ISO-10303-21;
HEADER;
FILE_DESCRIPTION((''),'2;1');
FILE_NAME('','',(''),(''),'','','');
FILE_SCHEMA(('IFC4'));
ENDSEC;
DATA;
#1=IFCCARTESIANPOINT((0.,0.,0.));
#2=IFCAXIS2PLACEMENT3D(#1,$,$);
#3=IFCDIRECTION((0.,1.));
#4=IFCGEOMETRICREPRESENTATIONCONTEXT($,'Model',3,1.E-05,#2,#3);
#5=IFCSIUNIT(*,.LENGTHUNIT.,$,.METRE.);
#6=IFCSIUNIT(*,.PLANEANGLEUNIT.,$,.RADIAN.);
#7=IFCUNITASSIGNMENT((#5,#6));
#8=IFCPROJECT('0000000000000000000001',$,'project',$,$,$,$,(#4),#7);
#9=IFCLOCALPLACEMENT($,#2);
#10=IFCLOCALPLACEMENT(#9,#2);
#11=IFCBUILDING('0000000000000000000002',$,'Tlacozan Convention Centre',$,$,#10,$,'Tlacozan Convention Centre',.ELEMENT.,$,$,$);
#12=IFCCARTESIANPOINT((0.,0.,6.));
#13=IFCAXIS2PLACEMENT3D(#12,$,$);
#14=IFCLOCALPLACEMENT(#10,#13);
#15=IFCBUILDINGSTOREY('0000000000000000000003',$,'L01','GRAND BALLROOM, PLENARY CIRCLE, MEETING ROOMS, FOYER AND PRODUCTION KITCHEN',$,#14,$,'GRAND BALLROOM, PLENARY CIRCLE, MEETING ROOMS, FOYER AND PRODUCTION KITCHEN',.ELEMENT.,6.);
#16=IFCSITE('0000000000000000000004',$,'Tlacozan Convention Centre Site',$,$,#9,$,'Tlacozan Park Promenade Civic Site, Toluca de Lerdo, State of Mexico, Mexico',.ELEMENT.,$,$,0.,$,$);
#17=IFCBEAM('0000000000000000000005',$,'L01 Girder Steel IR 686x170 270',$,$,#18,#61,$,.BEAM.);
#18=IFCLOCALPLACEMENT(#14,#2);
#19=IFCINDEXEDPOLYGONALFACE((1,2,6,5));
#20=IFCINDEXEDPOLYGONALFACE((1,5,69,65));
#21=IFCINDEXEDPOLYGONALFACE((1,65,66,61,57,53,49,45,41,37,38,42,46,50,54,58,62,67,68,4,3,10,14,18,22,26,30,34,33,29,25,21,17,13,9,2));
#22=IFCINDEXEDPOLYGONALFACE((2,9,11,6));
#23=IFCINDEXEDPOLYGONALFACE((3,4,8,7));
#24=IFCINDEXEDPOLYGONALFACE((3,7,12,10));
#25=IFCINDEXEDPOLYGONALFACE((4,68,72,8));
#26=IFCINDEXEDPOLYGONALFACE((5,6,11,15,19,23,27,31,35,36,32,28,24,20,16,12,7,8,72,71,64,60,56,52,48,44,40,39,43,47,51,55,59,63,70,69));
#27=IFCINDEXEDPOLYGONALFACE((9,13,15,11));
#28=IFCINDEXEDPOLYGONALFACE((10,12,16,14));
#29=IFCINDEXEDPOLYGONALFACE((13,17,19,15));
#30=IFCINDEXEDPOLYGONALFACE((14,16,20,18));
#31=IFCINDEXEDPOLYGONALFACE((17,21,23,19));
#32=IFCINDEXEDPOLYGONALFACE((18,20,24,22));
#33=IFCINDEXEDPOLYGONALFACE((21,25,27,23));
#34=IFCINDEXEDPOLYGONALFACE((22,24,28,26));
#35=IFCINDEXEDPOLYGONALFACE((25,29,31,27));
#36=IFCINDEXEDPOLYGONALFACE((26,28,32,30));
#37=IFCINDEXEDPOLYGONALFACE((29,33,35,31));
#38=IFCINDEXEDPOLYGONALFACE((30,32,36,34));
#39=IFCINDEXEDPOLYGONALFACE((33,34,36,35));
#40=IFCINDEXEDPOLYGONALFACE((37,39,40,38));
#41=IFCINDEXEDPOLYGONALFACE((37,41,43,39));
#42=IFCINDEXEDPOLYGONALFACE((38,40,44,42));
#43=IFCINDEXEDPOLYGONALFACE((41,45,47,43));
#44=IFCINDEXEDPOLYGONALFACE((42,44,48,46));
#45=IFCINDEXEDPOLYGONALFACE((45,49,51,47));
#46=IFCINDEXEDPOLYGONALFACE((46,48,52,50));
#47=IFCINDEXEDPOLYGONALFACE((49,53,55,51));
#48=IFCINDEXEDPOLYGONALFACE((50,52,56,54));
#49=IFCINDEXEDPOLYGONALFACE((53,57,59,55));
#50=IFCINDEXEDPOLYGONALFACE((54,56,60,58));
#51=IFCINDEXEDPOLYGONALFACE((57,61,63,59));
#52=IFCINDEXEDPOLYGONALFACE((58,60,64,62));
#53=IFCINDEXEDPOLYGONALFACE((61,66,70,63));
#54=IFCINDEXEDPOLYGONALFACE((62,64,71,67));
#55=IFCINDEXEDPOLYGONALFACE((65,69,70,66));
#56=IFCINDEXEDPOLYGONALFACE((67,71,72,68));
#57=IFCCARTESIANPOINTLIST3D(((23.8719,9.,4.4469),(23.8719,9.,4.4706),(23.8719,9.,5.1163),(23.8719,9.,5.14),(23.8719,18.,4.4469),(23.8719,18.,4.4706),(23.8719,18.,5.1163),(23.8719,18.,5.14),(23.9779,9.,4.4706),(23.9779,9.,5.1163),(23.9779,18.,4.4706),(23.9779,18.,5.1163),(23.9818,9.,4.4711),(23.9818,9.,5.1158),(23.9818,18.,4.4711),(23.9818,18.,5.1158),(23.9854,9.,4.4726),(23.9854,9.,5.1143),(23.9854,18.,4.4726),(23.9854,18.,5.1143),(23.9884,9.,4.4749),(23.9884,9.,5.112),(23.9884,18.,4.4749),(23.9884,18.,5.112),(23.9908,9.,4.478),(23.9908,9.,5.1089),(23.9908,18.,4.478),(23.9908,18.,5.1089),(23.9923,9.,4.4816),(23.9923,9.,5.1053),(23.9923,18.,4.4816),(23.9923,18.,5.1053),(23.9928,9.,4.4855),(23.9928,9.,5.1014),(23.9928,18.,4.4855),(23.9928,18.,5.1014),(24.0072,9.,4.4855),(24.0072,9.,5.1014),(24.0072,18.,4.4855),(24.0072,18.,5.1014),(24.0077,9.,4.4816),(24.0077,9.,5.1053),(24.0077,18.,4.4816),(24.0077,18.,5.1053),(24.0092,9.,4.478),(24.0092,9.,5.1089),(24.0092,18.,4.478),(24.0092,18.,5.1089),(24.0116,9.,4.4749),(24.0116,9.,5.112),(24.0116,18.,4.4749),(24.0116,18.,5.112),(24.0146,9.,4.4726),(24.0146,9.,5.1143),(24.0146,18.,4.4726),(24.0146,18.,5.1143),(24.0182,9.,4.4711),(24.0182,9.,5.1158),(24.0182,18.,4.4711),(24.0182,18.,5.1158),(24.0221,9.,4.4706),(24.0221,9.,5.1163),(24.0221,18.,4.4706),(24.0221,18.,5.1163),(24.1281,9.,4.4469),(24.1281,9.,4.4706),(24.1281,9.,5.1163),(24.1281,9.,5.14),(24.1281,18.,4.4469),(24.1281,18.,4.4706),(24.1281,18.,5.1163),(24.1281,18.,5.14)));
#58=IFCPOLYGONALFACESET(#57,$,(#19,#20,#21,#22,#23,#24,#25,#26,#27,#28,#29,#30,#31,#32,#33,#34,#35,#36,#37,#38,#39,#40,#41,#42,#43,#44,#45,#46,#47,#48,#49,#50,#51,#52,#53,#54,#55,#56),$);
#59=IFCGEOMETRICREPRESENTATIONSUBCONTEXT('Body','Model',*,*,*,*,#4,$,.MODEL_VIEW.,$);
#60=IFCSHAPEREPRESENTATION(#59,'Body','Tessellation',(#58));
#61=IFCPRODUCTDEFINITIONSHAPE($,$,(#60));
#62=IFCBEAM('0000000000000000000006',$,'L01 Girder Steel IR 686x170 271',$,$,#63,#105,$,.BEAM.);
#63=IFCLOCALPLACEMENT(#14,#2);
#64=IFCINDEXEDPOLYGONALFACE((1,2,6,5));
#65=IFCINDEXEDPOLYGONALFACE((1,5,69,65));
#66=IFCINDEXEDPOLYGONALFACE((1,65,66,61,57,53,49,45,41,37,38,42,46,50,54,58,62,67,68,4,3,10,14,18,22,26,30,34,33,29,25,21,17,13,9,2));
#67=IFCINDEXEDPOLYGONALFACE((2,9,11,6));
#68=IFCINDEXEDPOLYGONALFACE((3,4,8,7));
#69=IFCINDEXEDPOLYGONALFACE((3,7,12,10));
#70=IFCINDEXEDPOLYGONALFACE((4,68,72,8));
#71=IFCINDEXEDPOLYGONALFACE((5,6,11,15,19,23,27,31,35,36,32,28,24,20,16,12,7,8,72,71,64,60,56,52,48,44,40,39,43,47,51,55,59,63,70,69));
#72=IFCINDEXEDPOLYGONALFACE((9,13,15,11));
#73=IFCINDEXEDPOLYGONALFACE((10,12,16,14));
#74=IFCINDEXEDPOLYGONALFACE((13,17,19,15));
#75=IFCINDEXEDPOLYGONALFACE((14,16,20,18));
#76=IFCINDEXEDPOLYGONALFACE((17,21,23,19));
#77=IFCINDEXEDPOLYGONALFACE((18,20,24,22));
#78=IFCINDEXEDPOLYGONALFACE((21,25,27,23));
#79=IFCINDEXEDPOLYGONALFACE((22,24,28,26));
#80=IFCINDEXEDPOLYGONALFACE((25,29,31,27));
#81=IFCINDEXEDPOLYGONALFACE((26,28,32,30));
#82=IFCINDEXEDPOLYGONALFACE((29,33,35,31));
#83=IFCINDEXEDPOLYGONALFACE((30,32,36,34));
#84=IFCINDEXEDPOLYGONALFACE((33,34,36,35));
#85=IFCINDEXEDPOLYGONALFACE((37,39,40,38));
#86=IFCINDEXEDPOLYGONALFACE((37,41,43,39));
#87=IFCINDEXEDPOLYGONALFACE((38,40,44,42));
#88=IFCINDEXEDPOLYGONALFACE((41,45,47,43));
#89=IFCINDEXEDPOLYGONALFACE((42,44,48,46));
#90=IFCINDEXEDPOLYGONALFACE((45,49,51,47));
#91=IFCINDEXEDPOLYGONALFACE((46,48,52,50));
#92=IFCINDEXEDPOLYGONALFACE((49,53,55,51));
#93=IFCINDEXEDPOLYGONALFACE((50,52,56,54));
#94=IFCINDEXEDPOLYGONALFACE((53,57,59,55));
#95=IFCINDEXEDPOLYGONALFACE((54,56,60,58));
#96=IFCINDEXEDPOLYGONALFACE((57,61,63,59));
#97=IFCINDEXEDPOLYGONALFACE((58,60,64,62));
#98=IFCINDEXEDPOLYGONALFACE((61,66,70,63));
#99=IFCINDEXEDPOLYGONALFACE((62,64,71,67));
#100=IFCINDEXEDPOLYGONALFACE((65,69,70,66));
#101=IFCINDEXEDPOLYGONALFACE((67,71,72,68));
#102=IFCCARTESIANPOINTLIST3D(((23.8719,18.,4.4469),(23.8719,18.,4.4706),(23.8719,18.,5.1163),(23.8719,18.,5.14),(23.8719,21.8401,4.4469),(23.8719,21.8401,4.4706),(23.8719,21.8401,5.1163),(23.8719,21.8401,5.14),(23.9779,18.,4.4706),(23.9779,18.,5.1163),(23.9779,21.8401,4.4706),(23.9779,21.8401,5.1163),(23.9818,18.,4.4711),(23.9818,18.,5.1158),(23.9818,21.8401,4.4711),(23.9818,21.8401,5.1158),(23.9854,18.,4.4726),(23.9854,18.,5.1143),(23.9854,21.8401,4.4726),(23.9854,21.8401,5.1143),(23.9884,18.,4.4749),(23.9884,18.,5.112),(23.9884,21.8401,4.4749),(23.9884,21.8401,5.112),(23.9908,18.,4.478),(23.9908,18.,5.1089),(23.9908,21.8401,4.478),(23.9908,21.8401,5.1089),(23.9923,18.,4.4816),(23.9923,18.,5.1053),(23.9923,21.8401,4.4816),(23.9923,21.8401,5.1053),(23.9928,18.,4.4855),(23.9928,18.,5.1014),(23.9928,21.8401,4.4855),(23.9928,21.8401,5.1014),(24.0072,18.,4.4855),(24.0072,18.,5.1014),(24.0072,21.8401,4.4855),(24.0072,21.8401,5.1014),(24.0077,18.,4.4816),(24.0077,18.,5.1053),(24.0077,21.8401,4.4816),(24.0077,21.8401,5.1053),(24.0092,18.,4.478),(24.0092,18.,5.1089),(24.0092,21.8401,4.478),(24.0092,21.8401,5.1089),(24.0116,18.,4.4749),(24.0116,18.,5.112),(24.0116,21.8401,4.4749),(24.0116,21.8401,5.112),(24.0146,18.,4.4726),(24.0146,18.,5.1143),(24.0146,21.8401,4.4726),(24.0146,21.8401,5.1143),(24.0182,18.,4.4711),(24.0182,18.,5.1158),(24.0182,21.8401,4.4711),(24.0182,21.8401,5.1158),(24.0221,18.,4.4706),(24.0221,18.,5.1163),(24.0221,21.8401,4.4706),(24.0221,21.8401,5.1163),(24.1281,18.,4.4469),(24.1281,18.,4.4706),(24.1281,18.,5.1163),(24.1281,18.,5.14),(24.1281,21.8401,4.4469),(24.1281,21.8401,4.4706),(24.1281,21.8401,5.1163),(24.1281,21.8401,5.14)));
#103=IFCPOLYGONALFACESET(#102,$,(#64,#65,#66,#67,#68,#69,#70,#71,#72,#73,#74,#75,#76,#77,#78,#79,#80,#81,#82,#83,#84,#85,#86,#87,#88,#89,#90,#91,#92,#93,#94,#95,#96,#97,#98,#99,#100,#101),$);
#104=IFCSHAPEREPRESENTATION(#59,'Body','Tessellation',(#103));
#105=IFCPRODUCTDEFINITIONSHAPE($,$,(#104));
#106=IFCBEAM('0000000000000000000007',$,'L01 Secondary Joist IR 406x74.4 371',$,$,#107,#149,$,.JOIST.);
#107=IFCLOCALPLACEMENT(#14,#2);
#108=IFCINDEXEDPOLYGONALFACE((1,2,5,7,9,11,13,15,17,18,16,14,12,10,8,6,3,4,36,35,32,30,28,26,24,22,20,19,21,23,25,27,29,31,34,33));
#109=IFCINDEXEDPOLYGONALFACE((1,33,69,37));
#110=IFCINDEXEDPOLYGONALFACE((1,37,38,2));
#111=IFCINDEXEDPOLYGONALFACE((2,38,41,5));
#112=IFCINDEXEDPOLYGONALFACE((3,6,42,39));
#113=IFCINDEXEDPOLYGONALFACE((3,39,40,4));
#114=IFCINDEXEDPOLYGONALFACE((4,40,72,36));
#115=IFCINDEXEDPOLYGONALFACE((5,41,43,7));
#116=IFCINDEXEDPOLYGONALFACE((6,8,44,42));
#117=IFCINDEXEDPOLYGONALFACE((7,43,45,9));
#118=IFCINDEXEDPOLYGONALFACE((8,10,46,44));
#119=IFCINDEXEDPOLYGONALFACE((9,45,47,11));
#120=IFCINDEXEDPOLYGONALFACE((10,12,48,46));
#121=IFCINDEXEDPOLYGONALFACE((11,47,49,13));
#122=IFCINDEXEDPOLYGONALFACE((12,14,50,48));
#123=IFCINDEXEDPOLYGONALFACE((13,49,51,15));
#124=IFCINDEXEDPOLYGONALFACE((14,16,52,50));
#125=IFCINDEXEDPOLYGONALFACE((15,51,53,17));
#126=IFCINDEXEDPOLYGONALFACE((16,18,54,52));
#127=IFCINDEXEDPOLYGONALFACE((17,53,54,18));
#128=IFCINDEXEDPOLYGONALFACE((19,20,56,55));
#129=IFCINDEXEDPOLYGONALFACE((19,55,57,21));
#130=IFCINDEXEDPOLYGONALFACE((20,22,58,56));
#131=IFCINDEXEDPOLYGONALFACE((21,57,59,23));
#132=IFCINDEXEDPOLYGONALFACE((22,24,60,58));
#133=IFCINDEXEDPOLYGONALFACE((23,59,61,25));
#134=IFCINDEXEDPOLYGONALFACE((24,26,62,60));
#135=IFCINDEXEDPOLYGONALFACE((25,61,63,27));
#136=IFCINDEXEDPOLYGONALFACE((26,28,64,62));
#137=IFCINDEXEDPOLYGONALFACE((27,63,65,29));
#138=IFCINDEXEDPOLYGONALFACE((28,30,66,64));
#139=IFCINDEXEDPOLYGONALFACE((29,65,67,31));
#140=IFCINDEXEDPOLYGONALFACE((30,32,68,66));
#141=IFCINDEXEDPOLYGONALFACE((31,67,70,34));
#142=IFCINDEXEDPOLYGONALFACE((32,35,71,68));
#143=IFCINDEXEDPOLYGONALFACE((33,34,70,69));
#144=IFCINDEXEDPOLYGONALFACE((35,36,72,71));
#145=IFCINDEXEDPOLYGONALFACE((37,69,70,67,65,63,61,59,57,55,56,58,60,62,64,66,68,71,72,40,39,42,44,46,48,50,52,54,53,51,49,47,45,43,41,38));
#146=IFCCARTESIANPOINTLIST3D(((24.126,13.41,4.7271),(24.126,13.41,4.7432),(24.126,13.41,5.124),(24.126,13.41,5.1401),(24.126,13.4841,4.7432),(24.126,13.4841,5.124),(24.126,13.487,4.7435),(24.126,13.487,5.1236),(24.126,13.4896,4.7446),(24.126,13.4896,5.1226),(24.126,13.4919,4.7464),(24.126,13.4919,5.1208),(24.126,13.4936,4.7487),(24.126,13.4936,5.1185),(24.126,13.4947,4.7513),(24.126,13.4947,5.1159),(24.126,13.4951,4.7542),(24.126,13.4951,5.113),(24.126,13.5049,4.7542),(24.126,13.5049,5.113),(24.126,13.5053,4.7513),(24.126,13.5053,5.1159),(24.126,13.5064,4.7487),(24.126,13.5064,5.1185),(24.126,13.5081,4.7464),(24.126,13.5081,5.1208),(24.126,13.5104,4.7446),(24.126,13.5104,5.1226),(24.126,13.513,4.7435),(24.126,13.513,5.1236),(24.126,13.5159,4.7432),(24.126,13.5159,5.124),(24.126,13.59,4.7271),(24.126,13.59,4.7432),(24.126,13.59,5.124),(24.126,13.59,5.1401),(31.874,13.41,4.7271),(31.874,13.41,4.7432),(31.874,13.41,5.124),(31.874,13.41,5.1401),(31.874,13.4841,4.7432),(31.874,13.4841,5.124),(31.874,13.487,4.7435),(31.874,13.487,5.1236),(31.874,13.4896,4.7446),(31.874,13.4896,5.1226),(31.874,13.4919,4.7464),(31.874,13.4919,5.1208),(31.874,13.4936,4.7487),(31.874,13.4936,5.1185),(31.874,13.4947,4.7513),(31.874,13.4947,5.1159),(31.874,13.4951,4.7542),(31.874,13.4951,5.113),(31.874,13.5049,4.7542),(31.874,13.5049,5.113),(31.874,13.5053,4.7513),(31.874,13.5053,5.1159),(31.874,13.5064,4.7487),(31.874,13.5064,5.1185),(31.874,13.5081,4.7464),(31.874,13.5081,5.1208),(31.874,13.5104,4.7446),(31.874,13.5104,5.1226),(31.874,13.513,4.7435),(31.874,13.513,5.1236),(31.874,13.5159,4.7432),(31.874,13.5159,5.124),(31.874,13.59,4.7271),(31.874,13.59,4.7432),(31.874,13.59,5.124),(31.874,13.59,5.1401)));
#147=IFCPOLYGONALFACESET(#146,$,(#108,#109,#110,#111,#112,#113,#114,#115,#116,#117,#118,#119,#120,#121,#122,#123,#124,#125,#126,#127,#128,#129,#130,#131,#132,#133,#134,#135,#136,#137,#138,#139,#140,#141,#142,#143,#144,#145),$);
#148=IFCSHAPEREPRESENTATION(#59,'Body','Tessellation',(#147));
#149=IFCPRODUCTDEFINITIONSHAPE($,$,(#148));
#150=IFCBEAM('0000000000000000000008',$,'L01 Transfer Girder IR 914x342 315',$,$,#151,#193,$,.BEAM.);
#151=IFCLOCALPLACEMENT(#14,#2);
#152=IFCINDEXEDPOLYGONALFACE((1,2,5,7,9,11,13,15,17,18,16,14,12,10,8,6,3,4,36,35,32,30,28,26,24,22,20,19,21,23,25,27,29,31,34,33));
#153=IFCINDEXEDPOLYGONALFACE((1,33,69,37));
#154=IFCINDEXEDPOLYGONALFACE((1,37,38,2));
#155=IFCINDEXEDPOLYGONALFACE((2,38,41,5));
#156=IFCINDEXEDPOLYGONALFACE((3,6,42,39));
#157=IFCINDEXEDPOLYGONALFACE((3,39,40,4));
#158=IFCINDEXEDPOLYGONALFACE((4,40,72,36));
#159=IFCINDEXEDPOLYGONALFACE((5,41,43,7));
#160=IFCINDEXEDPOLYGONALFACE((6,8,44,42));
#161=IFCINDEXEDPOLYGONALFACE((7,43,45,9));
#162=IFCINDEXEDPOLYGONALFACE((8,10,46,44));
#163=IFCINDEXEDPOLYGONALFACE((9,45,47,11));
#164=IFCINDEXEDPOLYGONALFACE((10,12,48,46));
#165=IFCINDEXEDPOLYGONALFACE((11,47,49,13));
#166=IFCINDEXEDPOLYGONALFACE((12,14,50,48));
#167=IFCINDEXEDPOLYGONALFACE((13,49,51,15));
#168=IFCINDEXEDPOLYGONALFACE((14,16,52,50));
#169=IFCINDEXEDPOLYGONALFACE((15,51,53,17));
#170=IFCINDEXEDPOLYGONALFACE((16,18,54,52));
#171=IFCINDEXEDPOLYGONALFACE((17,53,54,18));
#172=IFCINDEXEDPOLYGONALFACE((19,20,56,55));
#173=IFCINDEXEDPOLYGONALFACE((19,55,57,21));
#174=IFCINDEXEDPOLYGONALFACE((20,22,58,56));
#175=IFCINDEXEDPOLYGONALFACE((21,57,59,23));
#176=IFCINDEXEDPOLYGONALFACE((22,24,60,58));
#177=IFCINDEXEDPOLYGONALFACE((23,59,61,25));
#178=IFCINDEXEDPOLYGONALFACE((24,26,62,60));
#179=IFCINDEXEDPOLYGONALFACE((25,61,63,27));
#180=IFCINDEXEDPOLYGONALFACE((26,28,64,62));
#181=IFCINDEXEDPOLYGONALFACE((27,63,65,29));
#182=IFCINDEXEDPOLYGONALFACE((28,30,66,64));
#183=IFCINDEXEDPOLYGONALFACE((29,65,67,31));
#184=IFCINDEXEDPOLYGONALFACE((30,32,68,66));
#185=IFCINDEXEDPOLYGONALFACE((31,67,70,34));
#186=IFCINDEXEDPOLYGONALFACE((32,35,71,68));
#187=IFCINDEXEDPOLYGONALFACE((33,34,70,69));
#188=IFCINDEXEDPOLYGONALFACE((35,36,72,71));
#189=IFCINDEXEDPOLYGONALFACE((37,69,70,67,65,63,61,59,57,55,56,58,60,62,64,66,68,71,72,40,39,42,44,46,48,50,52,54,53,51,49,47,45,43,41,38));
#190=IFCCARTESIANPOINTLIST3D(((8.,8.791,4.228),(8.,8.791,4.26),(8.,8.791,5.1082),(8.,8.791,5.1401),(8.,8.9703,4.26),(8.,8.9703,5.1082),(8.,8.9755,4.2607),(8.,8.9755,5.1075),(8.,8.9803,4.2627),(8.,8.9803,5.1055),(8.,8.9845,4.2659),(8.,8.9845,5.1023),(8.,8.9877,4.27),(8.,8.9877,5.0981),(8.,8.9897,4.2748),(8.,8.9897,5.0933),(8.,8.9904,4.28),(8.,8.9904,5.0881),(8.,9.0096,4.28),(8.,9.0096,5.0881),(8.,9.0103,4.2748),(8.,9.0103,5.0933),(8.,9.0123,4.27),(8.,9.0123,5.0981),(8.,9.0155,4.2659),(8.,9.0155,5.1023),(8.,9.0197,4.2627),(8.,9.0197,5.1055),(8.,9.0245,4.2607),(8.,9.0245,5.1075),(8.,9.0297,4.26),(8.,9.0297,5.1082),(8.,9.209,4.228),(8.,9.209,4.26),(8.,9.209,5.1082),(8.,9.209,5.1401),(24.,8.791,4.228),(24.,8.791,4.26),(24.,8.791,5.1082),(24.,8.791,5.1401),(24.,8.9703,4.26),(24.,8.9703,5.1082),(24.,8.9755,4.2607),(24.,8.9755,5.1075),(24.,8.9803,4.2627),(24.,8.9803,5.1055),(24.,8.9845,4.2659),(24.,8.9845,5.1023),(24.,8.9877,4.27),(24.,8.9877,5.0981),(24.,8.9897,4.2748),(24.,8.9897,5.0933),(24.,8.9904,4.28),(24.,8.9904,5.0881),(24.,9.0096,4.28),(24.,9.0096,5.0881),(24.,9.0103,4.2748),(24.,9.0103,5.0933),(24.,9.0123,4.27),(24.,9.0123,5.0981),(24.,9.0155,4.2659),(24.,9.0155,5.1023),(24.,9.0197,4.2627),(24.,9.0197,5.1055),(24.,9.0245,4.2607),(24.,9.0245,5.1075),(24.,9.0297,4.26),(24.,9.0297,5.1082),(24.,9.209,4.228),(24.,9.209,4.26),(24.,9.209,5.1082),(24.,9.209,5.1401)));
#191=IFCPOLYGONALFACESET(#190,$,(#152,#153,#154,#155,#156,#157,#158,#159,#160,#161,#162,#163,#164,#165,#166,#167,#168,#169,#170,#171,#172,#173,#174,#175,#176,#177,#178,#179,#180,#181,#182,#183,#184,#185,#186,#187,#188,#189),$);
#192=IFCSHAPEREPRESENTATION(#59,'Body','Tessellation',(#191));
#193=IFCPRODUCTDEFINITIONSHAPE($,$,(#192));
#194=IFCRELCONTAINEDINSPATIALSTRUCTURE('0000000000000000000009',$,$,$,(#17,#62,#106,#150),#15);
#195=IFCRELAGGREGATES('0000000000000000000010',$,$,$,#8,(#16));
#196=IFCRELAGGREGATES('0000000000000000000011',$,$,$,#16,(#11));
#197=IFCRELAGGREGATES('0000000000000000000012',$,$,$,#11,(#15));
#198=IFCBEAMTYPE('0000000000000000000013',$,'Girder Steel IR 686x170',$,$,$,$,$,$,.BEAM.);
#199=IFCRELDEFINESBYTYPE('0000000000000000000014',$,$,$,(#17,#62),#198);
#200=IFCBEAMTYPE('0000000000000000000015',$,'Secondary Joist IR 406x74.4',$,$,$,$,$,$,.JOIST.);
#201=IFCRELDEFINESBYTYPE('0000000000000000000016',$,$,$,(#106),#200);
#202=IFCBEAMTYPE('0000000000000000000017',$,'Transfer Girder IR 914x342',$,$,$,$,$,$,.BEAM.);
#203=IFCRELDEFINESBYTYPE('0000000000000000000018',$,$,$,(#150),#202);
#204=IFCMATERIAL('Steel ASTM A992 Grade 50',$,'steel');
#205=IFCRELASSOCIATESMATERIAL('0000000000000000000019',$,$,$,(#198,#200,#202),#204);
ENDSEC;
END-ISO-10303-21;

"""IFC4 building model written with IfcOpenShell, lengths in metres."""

from ifc_helpers import new_model, si_unit, direction, frame, origin, origin_2d, place, context, subcontext, project, spatial, i_section, extrude, material, material_profile, profile_set, type_object, element, save


model = new_model("IFC4")

# Units and contexts
model_context = context("Model", 3, precision=1e-05, world=origin(), true_north=direction((0.0, 1.0)))
body_context = subcontext(model_context, "Body", "Model", "MODEL_VIEW")
ifc_project = project(units=[si_unit("LENGTHUNIT", "METRE"), si_unit("PLANEANGLEUNIT", "RADIAN")], contexts=[model_context])

# Site, building, storey
site_placement = place(None, origin())
site = spatial("IfcSite", under=ifc_project, at=site_placement, Name="Tlacozan Convention Centre Site", LongName="Tlacozan Park Promenade Civic Site, Toluca de Lerdo, State of Mexico, Mexico", CompositionType="ELEMENT", RefElevation=0.0)
building_placement = place(site_placement, origin())
building = spatial("IfcBuilding", under=site, at=building_placement, Name="Tlacozan Convention Centre", LongName="Tlacozan Convention Centre", CompositionType="ELEMENT")
storey_placement = place(building_placement, frame((0.0, 0.0, 6.0)))
storey = spatial("IfcBuildingStorey", under=building, at=storey_placement, Name="L01", Description="GRAND BALLROOM, PLENARY CIRCLE, MEETING ROOMS, FOYER AND PRODUCTION KITCHEN", LongName="GRAND BALLROOM, PLENARY CIRCLE, MEETING ROOMS, FOYER AND PRODUCTION KITCHEN", CompositionType="ELEMENT", Elevation=6.0)

# Beams
ifc_material_1 = material(Name="Steel ASTM A992 Grade 50", Category="steel")
ifc_material_profile_1 = material_profile(ifc_material_1, i_section(OverallWidth=0.2561, OverallDepth=0.6931, WebThickness=0.0144, FlangeThickness=0.0237, FilletRadius=0.0149, at=origin_2d()), Name="IR 686x170.0")
ifc_profile_set_1 = profile_set([ifc_material_profile_1], Name="Steel ASTM A992 Grade 50")
beam_type_1 = type_object("IfcBeamType", Name="Girder Steel IR 686x170", PredefinedType="BEAM", material=ifc_profile_set_1)
beam_1_placement = place(storey_placement, frame((24.0, 9.0, 4.7935), z_axis=(0.0, 1.0, 0.0), x_axis=(-1.0, 0.0, 0.0)))
element("IfcBeam", 1, at=beam_1_placement, inside=storey, type_object=beam_type_1, Name="L01 Girder Steel IR 686x170 270", PredefinedType="BEAM", context=body_context, shape_type="SweptSolid", body=[
    extrude(i_section(OverallWidth=0.2561, OverallDepth=0.6931, WebThickness=0.0144, FlangeThickness=0.0237, FilletRadius=0.0149, at=origin_2d()), origin(), (0.0, 0.0, 1.0), 9.0),
])
beam_2_placement = place(storey_placement, frame((24.0, 18.0, 4.7935), z_axis=(0.0, 1.0, 0.0), x_axis=(-1.0, 0.0, 0.0)))
element("IfcBeam", 2, at=beam_2_placement, inside=storey, type_object=beam_type_1, Name="L01 Girder Steel IR 686x170 271", PredefinedType="BEAM", context=body_context, shape_type="SweptSolid", body=[
    extrude(i_section(OverallWidth=0.2561, OverallDepth=0.6931, WebThickness=0.0144, FlangeThickness=0.0237, FilletRadius=0.0149, at=origin_2d()), origin(), (0.0, 0.0, 1.0), 3.8401),
])
ifc_material_profile_2 = material_profile(ifc_material_1, i_section(OverallWidth=0.1799, OverallDepth=0.4131, WebThickness=0.0098, FlangeThickness=0.0161, FilletRadius=0.011, at=origin_2d()), Name="IR 406x74.4")
ifc_profile_set_2 = profile_set([ifc_material_profile_2], Name="Steel ASTM A992 Grade 50")
beam_type_2 = type_object("IfcBeamType", Name="Secondary Joist IR 406x74.4", PredefinedType="JOIST", material=ifc_profile_set_2)
beam_3_placement = place(storey_placement, frame((24.126, 13.5, 4.9336), z_axis=(1.0, 0.0, 0.0), x_axis=(0.0, 1.0, 0.0)))
element("IfcBeam", 3, at=beam_3_placement, inside=storey, type_object=beam_type_2, Name="L01 Secondary Joist IR 406x74.4 371", PredefinedType="JOIST", context=body_context, shape_type="SweptSolid", body=[
    extrude(i_section(OverallWidth=0.1799, OverallDepth=0.4131, WebThickness=0.0098, FlangeThickness=0.0161, FilletRadius=0.011, at=origin_2d()), origin(), (0.0, 0.0, 1.0), 7.748),
])
ifc_material_profile_3 = material_profile(ifc_material_1, i_section(OverallWidth=0.418, OverallDepth=0.9121, WebThickness=0.0193, FlangeThickness=0.032, FilletRadius=0.02, at=origin_2d()), Name="IR 914x342.0")
ifc_profile_set_3 = profile_set([ifc_material_profile_3], Name="Steel ASTM A992 Grade 50")
beam_type_3 = type_object("IfcBeamType", Name="Transfer Girder IR 914x342", PredefinedType="BEAM", material=ifc_profile_set_3)
for number, where, z_axis, x_axis, name in (
    (4, (24.0, 9.0, 4.6841), (-1.0, 0.0, 0.0), (0.0, -1.0, 0.0), "L01 Transfer Girder IR 914x342 315"),
):
    element("IfcBeam", number, at=place(storey_placement, frame(where, z_axis=z_axis, x_axis=x_axis)), inside=storey, type_object=beam_type_3, Name=name, PredefinedType="BEAM", context=body_context, shape_type="SweptSolid", body=[
        extrude(i_section(OverallWidth=0.418, OverallDepth=0.9121, WebThickness=0.0193, FlangeThickness=0.032, FilletRadius=0.02, at=origin_2d()), origin(), (0.0, 0.0, 1.0), 16.0),
    ])

save(model, "model.ifc")
